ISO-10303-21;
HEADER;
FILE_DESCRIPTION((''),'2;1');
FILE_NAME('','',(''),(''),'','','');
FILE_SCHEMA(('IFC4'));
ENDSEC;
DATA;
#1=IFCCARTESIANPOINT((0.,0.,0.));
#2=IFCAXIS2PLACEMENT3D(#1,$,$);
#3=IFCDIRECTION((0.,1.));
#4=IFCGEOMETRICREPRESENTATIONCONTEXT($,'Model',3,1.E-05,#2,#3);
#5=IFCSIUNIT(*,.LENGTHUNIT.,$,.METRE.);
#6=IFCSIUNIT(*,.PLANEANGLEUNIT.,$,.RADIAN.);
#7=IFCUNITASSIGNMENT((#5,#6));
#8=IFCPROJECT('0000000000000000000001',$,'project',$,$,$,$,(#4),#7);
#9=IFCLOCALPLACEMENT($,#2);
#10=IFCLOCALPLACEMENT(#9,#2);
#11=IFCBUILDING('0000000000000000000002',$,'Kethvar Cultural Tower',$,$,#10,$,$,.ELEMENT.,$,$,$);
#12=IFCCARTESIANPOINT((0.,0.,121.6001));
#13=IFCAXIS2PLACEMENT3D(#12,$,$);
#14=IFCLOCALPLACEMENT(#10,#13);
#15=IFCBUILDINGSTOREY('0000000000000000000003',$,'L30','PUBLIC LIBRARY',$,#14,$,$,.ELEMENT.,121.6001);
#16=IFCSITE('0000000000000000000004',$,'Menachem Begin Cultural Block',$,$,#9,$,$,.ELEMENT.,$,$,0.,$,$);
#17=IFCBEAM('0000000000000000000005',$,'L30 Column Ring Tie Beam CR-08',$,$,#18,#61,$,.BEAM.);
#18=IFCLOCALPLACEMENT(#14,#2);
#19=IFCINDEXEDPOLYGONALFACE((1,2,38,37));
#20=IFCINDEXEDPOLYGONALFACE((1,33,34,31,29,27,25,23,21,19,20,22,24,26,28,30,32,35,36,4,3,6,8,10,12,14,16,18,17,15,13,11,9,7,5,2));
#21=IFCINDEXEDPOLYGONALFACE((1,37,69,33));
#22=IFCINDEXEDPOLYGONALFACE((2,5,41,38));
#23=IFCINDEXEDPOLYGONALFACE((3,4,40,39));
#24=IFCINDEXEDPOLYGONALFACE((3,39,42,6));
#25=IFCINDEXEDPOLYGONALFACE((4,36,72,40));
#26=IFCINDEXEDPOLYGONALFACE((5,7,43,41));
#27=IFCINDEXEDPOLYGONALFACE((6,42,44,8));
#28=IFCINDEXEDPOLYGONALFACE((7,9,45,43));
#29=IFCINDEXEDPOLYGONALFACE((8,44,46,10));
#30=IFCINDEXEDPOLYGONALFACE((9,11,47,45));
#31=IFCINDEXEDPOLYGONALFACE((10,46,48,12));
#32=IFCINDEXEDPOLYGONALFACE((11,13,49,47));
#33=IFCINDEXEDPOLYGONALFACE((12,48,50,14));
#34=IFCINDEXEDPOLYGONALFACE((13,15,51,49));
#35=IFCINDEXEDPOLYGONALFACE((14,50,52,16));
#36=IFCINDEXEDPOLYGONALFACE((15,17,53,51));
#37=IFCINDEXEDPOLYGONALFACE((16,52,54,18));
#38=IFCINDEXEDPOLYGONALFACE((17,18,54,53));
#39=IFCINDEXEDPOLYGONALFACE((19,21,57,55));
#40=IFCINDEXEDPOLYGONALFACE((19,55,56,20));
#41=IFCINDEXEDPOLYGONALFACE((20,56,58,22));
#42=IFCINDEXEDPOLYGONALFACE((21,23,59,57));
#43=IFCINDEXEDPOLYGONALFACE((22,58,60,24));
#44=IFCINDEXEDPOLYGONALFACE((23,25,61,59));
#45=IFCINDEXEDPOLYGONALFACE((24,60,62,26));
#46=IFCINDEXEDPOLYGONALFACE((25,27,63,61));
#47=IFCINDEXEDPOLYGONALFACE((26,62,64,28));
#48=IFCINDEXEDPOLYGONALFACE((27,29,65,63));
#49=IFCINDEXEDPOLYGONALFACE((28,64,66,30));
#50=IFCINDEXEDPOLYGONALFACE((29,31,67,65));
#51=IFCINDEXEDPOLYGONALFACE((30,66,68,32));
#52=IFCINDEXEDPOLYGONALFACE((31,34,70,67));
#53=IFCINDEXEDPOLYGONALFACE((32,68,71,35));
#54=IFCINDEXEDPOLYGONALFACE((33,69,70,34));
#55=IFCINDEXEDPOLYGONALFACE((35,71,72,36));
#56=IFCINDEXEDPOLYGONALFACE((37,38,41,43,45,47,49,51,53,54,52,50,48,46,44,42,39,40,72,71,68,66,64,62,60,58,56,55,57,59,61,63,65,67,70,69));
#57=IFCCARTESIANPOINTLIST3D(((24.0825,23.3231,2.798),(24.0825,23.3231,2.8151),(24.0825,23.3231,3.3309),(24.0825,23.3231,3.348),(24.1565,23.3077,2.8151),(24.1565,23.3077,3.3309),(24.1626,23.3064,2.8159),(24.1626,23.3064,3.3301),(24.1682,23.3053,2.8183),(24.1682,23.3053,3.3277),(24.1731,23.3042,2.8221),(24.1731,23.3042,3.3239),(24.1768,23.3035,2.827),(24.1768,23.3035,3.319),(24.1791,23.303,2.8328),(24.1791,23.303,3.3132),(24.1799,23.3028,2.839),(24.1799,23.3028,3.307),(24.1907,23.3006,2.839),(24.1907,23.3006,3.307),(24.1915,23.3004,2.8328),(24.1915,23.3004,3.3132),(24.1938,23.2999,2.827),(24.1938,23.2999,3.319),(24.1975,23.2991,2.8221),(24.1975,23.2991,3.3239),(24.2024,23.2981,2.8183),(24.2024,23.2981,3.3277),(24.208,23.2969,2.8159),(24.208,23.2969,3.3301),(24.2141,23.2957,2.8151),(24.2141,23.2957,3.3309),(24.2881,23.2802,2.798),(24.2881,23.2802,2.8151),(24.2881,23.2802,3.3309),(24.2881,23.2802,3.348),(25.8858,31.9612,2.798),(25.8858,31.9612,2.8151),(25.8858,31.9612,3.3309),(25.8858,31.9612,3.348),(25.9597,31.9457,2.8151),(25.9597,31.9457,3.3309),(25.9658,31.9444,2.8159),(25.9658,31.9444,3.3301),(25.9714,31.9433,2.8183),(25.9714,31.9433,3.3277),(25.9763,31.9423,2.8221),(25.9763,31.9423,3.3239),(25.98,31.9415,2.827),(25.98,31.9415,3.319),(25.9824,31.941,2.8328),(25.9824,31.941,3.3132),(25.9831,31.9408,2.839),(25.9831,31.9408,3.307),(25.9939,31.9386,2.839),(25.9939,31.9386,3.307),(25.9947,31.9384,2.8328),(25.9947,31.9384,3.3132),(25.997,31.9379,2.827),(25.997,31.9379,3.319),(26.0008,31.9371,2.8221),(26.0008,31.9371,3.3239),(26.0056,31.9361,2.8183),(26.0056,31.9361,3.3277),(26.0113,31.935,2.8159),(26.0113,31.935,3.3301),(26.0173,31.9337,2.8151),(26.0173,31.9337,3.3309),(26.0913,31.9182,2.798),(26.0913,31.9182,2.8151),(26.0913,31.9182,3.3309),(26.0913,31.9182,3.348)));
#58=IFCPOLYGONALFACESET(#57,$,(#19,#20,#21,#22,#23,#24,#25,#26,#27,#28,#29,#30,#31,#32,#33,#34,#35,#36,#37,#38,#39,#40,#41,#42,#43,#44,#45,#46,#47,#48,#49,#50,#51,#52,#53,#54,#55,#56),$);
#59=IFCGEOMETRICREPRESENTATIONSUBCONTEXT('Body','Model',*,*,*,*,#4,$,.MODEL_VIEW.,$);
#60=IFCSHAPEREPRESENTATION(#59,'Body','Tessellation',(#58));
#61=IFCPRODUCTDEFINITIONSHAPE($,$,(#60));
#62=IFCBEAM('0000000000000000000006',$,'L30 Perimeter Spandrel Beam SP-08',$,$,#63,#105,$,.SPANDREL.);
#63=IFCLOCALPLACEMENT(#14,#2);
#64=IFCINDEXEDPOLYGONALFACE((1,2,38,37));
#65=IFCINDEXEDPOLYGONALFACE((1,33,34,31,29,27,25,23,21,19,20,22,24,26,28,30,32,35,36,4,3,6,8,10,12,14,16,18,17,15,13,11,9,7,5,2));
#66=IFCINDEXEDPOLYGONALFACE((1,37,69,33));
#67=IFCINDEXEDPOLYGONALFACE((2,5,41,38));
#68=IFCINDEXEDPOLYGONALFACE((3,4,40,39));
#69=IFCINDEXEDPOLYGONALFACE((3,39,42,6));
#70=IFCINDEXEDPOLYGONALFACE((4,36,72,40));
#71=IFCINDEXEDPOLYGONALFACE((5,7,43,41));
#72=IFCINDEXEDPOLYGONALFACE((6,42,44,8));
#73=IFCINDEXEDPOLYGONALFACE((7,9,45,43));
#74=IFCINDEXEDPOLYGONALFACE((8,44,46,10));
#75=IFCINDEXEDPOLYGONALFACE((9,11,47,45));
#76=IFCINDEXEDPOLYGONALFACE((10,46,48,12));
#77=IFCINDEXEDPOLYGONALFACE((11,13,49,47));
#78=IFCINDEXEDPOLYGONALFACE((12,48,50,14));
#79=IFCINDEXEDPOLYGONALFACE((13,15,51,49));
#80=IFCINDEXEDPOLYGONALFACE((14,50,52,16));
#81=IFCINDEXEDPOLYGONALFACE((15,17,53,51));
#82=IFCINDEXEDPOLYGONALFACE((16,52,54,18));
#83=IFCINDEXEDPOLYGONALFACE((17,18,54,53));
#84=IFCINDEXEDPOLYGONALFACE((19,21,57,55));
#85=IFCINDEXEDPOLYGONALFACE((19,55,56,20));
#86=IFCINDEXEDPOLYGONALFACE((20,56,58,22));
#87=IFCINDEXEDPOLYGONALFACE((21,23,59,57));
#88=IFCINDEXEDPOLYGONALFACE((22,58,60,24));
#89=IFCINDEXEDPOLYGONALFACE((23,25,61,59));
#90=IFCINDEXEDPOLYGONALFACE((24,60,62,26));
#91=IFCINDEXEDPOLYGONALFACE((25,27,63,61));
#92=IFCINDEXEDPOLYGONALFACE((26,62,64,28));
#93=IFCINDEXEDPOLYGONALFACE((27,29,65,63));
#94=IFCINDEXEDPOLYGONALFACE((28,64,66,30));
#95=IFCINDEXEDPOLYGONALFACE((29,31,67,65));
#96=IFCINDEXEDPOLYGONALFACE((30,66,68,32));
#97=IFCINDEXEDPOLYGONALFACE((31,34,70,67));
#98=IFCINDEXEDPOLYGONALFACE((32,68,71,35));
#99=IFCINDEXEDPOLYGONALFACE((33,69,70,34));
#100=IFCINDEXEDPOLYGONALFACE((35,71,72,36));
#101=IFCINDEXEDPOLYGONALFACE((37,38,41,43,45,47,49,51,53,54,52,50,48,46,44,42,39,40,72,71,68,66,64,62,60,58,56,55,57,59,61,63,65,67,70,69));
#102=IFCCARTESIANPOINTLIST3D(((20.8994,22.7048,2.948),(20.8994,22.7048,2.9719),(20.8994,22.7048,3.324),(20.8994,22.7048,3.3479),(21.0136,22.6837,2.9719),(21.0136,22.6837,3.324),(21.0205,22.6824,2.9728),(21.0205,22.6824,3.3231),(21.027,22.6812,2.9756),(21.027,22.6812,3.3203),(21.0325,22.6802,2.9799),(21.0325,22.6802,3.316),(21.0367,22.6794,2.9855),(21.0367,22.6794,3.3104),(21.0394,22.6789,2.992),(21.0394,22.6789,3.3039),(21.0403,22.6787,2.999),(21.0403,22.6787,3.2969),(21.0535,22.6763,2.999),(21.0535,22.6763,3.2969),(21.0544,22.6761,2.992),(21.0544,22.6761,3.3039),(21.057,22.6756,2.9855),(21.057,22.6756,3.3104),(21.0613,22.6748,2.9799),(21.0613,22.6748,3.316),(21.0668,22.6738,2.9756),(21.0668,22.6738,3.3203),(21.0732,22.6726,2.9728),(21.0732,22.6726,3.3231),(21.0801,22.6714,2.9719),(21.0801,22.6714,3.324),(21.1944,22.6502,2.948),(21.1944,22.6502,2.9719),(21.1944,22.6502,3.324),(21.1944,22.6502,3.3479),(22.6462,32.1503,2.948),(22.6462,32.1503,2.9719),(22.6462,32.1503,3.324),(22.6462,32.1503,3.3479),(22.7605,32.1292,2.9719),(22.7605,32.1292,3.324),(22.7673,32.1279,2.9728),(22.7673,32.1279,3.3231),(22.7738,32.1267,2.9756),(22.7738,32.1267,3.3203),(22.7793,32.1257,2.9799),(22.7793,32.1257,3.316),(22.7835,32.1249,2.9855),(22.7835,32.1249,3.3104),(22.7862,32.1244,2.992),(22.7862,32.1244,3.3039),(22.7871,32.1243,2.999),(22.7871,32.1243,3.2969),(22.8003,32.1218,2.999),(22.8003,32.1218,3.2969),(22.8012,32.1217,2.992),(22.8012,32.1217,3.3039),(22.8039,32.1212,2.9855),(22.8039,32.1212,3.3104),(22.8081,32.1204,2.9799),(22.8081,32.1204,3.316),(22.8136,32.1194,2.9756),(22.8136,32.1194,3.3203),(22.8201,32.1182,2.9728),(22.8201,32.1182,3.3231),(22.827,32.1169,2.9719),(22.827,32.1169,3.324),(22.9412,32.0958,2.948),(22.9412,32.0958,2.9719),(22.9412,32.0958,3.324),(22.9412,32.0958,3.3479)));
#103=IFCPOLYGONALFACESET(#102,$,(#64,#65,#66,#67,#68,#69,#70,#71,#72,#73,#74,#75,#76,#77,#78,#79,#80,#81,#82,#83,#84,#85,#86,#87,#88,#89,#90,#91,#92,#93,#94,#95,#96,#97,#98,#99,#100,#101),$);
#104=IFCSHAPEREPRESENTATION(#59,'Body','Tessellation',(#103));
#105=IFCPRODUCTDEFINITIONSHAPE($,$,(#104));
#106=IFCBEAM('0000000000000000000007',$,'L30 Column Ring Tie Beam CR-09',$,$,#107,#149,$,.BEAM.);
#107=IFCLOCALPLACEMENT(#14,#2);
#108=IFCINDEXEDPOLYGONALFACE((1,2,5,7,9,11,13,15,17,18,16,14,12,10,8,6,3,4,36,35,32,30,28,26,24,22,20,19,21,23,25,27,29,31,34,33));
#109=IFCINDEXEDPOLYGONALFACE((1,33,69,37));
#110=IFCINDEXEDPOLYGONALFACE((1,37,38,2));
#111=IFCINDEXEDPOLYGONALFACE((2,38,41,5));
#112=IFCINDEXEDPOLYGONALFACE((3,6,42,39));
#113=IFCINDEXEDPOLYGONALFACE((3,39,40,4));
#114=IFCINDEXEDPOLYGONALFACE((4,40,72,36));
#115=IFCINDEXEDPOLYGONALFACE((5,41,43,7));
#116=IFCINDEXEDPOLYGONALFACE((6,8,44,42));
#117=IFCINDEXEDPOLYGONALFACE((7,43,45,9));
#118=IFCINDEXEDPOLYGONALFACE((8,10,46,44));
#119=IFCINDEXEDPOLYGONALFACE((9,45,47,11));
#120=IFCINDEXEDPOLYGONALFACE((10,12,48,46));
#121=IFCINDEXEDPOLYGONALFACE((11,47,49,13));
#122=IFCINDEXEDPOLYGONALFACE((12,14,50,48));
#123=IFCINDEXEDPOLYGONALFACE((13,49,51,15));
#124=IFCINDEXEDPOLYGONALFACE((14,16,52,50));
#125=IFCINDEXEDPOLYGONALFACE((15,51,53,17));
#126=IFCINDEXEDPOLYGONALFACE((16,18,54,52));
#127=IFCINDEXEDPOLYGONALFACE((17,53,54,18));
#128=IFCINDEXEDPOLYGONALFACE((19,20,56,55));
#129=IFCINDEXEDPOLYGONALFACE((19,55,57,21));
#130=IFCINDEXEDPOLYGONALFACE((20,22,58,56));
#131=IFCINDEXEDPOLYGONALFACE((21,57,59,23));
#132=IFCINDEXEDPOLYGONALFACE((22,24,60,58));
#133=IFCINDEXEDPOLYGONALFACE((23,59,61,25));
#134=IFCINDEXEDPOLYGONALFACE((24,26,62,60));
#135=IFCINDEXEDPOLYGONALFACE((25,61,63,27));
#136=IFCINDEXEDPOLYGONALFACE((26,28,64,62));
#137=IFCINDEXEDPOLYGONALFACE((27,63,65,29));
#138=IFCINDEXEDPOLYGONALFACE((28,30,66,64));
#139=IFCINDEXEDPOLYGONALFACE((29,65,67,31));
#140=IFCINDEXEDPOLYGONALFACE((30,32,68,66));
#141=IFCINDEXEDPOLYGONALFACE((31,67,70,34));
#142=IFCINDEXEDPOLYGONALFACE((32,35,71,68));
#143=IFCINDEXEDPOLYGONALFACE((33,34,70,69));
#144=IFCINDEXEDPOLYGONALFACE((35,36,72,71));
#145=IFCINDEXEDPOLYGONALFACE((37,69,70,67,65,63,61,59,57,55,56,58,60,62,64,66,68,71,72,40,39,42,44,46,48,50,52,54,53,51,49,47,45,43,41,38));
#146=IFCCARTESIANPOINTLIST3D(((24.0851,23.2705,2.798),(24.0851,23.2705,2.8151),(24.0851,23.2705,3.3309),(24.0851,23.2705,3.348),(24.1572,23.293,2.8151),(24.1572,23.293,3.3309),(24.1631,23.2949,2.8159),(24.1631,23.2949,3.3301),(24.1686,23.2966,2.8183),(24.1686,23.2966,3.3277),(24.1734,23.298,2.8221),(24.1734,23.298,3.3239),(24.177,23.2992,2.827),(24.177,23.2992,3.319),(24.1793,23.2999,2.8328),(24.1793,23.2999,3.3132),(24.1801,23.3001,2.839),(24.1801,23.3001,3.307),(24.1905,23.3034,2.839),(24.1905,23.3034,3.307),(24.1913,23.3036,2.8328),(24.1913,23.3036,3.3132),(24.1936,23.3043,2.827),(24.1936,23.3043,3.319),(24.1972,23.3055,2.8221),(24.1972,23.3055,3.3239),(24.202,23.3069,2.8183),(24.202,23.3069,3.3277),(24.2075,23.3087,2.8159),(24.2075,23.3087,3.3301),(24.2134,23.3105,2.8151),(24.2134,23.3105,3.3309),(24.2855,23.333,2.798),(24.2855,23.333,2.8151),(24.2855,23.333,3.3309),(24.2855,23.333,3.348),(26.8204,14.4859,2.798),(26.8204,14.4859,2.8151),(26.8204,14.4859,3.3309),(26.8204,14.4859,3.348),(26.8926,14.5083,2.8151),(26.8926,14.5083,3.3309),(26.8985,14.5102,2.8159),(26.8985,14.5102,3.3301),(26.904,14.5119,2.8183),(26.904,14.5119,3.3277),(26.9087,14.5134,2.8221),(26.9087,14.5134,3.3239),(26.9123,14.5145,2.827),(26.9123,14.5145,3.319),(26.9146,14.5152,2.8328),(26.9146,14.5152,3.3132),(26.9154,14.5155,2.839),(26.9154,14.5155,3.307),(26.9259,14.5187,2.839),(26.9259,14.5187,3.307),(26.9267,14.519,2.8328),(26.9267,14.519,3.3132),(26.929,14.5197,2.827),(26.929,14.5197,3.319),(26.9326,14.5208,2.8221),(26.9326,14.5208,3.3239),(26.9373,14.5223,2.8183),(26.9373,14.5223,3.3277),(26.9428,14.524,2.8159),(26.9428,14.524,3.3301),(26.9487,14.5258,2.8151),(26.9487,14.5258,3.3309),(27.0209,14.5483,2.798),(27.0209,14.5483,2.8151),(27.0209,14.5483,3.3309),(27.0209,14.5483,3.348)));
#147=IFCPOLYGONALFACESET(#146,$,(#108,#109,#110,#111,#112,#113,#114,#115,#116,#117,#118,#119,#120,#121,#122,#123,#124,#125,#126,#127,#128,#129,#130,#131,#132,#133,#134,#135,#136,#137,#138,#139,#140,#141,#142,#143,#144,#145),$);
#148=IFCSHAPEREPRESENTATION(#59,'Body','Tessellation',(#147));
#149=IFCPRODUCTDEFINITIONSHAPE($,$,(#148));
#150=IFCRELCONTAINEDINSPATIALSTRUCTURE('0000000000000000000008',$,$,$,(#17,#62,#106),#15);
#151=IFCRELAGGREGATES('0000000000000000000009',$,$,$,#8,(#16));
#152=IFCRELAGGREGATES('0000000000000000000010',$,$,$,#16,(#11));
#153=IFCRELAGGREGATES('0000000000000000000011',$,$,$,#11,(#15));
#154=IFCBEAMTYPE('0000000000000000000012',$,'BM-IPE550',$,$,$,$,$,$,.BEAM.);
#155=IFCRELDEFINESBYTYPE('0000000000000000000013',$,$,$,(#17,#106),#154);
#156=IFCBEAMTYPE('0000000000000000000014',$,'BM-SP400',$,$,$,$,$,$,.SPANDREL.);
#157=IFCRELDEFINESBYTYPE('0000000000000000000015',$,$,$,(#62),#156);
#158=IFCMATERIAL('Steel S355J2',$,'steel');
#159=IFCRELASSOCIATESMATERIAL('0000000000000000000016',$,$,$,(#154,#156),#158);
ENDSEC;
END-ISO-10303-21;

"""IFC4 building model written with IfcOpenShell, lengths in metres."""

from ifc_helpers import new_model, si_unit, direction, frame, origin, origin_2d, place, context, subcontext, project, spatial, i_section, extrude, source, transform, mapped, material, material_profile, profile_set, type_object, element, save


model = new_model("IFC4")

# Units and contexts
model_context = context("Model", 3, precision=1e-05, world=origin(), true_north=direction((0.0, 1.0)))
body_context = subcontext(model_context, "Body", "Model", "MODEL_VIEW")
ifc_project = project(units=[si_unit("LENGTHUNIT", "METRE"), si_unit("PLANEANGLEUNIT", "RADIAN")], contexts=[model_context])

# Site, building, storey
site_placement = place(None, origin())
site = spatial("IfcSite", under=ifc_project, at=site_placement, Name="Menachem Begin Cultural Block", CompositionType="ELEMENT", RefElevation=0.0)
building_placement = place(site_placement, origin())
building = spatial("IfcBuilding", under=site, at=building_placement, Name="Kethvar Cultural Tower", CompositionType="ELEMENT")
storey_placement = place(building_placement, frame((0.0, 0.0, 121.6001)))
storey = spatial("IfcBuildingStorey", under=building, at=storey_placement, Name="L30", Description="PUBLIC LIBRARY", CompositionType="ELEMENT", Elevation=121.6001)

# Beams
ifc_material_1 = material(Name="Steel S355J2", Category="steel")
ifc_material_profile_1 = material_profile(ifc_material_1, i_section(OverallWidth=0.21, OverallDepth=0.55, WebThickness=0.011, FlangeThickness=0.0171, FilletRadius=0.0239, at=origin_2d()), Name="Steel S355J2 — IPE550")
ifc_profile_set_1 = profile_set([ifc_material_profile_1], Name="Steel S355J2 — IPE550")
beam_type_1 = type_object("IfcBeamType", Name="BM-IPE550", PredefinedType="BEAM", material=ifc_profile_set_1)
shared_shape_1 = source(origin(), body_context, "Body", "SweptSolid", [
    extrude(i_section(OverallWidth=0.21, OverallDepth=0.55, WebThickness=0.011, FlangeThickness=0.0171, FilletRadius=0.0239, at=origin_2d()), origin(), (0.0, 0.0, 1.0), 8.8242),
])
beam_1_placement = place(storey_placement, frame((25.9885, 31.9397, 3.073), z_axis=(-0.204351, -0.978898, 0.0), x_axis=(0.978898, -0.204351, 0.0)))
element("IfcBeam", 1, at=beam_1_placement, inside=storey, type_object=beam_type_1, Name="L30 Column Ring Tie Beam CR-08", PredefinedType="BEAM", context=body_context, shape_type="MappedRepresentation", body=[
    mapped(shared_shape_1, transform((0.0, 0.0, 0.0), scale=1.0)),
])
ifc_material_profile_2 = material_profile(ifc_material_1, i_section(OverallWidth=0.3, OverallDepth=0.3999, WebThickness=0.0134, FlangeThickness=0.0239, FilletRadius=0.0271, at=origin_2d()), Name="Steel S355J2 — HEB400")
ifc_profile_set_2 = profile_set([ifc_material_profile_2], Name="Steel S355J2 — HEB400")
beam_type_2 = type_object("IfcBeamType", Name="BM-SP400", PredefinedType="SPANDREL", material=ifc_profile_set_2)
shared_shape_2 = source(origin(), body_context, "Body", "SweptSolid", [
    extrude(i_section(OverallWidth=0.3, OverallDepth=0.3999, WebThickness=0.0134, FlangeThickness=0.0239, FilletRadius=0.0271, at=origin_2d()), origin(), (0.0, 0.0, 1.0), 9.6057),
])
beam_2_placement = place(storey_placement, frame((22.7937, 32.123, 3.1479), z_axis=(-0.181853, -0.983326, 0.0), x_axis=(0.983326, -0.181853, 0.0)))
element("IfcBeam", 2, at=beam_2_placement, inside=storey, type_object=beam_type_2, Name="L30 Perimeter Spandrel Beam SP-08", PredefinedType="SPANDREL", context=body_context, shape_type="MappedRepresentation", body=[
    mapped(shared_shape_2, transform((0.0, 0.0, 0.0), scale=1.0)),
])
shared_shape_3 = source(origin(), body_context, "Body", "SweptSolid", [
    extrude(i_section(OverallWidth=0.21, OverallDepth=0.55, WebThickness=0.011, FlangeThickness=0.0171, FilletRadius=0.0239, at=origin_2d()), origin(), (0.0, 0.0, 1.0), 9.2007),
])
beam_3_placement = place(storey_placement, frame((24.1853, 23.3018, 3.073), z_axis=(0.297299, -0.954784, 0.0), x_axis=(0.954784, 0.297299, 0.0)))
element("IfcBeam", 3, at=beam_3_placement, inside=storey, type_object=beam_type_1, Name="L30 Column Ring Tie Beam CR-09", PredefinedType="BEAM", context=body_context, shape_type="MappedRepresentation", body=[
    mapped(shared_shape_3, transform((0.0, 0.0, 0.0), scale=1.0)),
])

save(model, "model.ifc")
